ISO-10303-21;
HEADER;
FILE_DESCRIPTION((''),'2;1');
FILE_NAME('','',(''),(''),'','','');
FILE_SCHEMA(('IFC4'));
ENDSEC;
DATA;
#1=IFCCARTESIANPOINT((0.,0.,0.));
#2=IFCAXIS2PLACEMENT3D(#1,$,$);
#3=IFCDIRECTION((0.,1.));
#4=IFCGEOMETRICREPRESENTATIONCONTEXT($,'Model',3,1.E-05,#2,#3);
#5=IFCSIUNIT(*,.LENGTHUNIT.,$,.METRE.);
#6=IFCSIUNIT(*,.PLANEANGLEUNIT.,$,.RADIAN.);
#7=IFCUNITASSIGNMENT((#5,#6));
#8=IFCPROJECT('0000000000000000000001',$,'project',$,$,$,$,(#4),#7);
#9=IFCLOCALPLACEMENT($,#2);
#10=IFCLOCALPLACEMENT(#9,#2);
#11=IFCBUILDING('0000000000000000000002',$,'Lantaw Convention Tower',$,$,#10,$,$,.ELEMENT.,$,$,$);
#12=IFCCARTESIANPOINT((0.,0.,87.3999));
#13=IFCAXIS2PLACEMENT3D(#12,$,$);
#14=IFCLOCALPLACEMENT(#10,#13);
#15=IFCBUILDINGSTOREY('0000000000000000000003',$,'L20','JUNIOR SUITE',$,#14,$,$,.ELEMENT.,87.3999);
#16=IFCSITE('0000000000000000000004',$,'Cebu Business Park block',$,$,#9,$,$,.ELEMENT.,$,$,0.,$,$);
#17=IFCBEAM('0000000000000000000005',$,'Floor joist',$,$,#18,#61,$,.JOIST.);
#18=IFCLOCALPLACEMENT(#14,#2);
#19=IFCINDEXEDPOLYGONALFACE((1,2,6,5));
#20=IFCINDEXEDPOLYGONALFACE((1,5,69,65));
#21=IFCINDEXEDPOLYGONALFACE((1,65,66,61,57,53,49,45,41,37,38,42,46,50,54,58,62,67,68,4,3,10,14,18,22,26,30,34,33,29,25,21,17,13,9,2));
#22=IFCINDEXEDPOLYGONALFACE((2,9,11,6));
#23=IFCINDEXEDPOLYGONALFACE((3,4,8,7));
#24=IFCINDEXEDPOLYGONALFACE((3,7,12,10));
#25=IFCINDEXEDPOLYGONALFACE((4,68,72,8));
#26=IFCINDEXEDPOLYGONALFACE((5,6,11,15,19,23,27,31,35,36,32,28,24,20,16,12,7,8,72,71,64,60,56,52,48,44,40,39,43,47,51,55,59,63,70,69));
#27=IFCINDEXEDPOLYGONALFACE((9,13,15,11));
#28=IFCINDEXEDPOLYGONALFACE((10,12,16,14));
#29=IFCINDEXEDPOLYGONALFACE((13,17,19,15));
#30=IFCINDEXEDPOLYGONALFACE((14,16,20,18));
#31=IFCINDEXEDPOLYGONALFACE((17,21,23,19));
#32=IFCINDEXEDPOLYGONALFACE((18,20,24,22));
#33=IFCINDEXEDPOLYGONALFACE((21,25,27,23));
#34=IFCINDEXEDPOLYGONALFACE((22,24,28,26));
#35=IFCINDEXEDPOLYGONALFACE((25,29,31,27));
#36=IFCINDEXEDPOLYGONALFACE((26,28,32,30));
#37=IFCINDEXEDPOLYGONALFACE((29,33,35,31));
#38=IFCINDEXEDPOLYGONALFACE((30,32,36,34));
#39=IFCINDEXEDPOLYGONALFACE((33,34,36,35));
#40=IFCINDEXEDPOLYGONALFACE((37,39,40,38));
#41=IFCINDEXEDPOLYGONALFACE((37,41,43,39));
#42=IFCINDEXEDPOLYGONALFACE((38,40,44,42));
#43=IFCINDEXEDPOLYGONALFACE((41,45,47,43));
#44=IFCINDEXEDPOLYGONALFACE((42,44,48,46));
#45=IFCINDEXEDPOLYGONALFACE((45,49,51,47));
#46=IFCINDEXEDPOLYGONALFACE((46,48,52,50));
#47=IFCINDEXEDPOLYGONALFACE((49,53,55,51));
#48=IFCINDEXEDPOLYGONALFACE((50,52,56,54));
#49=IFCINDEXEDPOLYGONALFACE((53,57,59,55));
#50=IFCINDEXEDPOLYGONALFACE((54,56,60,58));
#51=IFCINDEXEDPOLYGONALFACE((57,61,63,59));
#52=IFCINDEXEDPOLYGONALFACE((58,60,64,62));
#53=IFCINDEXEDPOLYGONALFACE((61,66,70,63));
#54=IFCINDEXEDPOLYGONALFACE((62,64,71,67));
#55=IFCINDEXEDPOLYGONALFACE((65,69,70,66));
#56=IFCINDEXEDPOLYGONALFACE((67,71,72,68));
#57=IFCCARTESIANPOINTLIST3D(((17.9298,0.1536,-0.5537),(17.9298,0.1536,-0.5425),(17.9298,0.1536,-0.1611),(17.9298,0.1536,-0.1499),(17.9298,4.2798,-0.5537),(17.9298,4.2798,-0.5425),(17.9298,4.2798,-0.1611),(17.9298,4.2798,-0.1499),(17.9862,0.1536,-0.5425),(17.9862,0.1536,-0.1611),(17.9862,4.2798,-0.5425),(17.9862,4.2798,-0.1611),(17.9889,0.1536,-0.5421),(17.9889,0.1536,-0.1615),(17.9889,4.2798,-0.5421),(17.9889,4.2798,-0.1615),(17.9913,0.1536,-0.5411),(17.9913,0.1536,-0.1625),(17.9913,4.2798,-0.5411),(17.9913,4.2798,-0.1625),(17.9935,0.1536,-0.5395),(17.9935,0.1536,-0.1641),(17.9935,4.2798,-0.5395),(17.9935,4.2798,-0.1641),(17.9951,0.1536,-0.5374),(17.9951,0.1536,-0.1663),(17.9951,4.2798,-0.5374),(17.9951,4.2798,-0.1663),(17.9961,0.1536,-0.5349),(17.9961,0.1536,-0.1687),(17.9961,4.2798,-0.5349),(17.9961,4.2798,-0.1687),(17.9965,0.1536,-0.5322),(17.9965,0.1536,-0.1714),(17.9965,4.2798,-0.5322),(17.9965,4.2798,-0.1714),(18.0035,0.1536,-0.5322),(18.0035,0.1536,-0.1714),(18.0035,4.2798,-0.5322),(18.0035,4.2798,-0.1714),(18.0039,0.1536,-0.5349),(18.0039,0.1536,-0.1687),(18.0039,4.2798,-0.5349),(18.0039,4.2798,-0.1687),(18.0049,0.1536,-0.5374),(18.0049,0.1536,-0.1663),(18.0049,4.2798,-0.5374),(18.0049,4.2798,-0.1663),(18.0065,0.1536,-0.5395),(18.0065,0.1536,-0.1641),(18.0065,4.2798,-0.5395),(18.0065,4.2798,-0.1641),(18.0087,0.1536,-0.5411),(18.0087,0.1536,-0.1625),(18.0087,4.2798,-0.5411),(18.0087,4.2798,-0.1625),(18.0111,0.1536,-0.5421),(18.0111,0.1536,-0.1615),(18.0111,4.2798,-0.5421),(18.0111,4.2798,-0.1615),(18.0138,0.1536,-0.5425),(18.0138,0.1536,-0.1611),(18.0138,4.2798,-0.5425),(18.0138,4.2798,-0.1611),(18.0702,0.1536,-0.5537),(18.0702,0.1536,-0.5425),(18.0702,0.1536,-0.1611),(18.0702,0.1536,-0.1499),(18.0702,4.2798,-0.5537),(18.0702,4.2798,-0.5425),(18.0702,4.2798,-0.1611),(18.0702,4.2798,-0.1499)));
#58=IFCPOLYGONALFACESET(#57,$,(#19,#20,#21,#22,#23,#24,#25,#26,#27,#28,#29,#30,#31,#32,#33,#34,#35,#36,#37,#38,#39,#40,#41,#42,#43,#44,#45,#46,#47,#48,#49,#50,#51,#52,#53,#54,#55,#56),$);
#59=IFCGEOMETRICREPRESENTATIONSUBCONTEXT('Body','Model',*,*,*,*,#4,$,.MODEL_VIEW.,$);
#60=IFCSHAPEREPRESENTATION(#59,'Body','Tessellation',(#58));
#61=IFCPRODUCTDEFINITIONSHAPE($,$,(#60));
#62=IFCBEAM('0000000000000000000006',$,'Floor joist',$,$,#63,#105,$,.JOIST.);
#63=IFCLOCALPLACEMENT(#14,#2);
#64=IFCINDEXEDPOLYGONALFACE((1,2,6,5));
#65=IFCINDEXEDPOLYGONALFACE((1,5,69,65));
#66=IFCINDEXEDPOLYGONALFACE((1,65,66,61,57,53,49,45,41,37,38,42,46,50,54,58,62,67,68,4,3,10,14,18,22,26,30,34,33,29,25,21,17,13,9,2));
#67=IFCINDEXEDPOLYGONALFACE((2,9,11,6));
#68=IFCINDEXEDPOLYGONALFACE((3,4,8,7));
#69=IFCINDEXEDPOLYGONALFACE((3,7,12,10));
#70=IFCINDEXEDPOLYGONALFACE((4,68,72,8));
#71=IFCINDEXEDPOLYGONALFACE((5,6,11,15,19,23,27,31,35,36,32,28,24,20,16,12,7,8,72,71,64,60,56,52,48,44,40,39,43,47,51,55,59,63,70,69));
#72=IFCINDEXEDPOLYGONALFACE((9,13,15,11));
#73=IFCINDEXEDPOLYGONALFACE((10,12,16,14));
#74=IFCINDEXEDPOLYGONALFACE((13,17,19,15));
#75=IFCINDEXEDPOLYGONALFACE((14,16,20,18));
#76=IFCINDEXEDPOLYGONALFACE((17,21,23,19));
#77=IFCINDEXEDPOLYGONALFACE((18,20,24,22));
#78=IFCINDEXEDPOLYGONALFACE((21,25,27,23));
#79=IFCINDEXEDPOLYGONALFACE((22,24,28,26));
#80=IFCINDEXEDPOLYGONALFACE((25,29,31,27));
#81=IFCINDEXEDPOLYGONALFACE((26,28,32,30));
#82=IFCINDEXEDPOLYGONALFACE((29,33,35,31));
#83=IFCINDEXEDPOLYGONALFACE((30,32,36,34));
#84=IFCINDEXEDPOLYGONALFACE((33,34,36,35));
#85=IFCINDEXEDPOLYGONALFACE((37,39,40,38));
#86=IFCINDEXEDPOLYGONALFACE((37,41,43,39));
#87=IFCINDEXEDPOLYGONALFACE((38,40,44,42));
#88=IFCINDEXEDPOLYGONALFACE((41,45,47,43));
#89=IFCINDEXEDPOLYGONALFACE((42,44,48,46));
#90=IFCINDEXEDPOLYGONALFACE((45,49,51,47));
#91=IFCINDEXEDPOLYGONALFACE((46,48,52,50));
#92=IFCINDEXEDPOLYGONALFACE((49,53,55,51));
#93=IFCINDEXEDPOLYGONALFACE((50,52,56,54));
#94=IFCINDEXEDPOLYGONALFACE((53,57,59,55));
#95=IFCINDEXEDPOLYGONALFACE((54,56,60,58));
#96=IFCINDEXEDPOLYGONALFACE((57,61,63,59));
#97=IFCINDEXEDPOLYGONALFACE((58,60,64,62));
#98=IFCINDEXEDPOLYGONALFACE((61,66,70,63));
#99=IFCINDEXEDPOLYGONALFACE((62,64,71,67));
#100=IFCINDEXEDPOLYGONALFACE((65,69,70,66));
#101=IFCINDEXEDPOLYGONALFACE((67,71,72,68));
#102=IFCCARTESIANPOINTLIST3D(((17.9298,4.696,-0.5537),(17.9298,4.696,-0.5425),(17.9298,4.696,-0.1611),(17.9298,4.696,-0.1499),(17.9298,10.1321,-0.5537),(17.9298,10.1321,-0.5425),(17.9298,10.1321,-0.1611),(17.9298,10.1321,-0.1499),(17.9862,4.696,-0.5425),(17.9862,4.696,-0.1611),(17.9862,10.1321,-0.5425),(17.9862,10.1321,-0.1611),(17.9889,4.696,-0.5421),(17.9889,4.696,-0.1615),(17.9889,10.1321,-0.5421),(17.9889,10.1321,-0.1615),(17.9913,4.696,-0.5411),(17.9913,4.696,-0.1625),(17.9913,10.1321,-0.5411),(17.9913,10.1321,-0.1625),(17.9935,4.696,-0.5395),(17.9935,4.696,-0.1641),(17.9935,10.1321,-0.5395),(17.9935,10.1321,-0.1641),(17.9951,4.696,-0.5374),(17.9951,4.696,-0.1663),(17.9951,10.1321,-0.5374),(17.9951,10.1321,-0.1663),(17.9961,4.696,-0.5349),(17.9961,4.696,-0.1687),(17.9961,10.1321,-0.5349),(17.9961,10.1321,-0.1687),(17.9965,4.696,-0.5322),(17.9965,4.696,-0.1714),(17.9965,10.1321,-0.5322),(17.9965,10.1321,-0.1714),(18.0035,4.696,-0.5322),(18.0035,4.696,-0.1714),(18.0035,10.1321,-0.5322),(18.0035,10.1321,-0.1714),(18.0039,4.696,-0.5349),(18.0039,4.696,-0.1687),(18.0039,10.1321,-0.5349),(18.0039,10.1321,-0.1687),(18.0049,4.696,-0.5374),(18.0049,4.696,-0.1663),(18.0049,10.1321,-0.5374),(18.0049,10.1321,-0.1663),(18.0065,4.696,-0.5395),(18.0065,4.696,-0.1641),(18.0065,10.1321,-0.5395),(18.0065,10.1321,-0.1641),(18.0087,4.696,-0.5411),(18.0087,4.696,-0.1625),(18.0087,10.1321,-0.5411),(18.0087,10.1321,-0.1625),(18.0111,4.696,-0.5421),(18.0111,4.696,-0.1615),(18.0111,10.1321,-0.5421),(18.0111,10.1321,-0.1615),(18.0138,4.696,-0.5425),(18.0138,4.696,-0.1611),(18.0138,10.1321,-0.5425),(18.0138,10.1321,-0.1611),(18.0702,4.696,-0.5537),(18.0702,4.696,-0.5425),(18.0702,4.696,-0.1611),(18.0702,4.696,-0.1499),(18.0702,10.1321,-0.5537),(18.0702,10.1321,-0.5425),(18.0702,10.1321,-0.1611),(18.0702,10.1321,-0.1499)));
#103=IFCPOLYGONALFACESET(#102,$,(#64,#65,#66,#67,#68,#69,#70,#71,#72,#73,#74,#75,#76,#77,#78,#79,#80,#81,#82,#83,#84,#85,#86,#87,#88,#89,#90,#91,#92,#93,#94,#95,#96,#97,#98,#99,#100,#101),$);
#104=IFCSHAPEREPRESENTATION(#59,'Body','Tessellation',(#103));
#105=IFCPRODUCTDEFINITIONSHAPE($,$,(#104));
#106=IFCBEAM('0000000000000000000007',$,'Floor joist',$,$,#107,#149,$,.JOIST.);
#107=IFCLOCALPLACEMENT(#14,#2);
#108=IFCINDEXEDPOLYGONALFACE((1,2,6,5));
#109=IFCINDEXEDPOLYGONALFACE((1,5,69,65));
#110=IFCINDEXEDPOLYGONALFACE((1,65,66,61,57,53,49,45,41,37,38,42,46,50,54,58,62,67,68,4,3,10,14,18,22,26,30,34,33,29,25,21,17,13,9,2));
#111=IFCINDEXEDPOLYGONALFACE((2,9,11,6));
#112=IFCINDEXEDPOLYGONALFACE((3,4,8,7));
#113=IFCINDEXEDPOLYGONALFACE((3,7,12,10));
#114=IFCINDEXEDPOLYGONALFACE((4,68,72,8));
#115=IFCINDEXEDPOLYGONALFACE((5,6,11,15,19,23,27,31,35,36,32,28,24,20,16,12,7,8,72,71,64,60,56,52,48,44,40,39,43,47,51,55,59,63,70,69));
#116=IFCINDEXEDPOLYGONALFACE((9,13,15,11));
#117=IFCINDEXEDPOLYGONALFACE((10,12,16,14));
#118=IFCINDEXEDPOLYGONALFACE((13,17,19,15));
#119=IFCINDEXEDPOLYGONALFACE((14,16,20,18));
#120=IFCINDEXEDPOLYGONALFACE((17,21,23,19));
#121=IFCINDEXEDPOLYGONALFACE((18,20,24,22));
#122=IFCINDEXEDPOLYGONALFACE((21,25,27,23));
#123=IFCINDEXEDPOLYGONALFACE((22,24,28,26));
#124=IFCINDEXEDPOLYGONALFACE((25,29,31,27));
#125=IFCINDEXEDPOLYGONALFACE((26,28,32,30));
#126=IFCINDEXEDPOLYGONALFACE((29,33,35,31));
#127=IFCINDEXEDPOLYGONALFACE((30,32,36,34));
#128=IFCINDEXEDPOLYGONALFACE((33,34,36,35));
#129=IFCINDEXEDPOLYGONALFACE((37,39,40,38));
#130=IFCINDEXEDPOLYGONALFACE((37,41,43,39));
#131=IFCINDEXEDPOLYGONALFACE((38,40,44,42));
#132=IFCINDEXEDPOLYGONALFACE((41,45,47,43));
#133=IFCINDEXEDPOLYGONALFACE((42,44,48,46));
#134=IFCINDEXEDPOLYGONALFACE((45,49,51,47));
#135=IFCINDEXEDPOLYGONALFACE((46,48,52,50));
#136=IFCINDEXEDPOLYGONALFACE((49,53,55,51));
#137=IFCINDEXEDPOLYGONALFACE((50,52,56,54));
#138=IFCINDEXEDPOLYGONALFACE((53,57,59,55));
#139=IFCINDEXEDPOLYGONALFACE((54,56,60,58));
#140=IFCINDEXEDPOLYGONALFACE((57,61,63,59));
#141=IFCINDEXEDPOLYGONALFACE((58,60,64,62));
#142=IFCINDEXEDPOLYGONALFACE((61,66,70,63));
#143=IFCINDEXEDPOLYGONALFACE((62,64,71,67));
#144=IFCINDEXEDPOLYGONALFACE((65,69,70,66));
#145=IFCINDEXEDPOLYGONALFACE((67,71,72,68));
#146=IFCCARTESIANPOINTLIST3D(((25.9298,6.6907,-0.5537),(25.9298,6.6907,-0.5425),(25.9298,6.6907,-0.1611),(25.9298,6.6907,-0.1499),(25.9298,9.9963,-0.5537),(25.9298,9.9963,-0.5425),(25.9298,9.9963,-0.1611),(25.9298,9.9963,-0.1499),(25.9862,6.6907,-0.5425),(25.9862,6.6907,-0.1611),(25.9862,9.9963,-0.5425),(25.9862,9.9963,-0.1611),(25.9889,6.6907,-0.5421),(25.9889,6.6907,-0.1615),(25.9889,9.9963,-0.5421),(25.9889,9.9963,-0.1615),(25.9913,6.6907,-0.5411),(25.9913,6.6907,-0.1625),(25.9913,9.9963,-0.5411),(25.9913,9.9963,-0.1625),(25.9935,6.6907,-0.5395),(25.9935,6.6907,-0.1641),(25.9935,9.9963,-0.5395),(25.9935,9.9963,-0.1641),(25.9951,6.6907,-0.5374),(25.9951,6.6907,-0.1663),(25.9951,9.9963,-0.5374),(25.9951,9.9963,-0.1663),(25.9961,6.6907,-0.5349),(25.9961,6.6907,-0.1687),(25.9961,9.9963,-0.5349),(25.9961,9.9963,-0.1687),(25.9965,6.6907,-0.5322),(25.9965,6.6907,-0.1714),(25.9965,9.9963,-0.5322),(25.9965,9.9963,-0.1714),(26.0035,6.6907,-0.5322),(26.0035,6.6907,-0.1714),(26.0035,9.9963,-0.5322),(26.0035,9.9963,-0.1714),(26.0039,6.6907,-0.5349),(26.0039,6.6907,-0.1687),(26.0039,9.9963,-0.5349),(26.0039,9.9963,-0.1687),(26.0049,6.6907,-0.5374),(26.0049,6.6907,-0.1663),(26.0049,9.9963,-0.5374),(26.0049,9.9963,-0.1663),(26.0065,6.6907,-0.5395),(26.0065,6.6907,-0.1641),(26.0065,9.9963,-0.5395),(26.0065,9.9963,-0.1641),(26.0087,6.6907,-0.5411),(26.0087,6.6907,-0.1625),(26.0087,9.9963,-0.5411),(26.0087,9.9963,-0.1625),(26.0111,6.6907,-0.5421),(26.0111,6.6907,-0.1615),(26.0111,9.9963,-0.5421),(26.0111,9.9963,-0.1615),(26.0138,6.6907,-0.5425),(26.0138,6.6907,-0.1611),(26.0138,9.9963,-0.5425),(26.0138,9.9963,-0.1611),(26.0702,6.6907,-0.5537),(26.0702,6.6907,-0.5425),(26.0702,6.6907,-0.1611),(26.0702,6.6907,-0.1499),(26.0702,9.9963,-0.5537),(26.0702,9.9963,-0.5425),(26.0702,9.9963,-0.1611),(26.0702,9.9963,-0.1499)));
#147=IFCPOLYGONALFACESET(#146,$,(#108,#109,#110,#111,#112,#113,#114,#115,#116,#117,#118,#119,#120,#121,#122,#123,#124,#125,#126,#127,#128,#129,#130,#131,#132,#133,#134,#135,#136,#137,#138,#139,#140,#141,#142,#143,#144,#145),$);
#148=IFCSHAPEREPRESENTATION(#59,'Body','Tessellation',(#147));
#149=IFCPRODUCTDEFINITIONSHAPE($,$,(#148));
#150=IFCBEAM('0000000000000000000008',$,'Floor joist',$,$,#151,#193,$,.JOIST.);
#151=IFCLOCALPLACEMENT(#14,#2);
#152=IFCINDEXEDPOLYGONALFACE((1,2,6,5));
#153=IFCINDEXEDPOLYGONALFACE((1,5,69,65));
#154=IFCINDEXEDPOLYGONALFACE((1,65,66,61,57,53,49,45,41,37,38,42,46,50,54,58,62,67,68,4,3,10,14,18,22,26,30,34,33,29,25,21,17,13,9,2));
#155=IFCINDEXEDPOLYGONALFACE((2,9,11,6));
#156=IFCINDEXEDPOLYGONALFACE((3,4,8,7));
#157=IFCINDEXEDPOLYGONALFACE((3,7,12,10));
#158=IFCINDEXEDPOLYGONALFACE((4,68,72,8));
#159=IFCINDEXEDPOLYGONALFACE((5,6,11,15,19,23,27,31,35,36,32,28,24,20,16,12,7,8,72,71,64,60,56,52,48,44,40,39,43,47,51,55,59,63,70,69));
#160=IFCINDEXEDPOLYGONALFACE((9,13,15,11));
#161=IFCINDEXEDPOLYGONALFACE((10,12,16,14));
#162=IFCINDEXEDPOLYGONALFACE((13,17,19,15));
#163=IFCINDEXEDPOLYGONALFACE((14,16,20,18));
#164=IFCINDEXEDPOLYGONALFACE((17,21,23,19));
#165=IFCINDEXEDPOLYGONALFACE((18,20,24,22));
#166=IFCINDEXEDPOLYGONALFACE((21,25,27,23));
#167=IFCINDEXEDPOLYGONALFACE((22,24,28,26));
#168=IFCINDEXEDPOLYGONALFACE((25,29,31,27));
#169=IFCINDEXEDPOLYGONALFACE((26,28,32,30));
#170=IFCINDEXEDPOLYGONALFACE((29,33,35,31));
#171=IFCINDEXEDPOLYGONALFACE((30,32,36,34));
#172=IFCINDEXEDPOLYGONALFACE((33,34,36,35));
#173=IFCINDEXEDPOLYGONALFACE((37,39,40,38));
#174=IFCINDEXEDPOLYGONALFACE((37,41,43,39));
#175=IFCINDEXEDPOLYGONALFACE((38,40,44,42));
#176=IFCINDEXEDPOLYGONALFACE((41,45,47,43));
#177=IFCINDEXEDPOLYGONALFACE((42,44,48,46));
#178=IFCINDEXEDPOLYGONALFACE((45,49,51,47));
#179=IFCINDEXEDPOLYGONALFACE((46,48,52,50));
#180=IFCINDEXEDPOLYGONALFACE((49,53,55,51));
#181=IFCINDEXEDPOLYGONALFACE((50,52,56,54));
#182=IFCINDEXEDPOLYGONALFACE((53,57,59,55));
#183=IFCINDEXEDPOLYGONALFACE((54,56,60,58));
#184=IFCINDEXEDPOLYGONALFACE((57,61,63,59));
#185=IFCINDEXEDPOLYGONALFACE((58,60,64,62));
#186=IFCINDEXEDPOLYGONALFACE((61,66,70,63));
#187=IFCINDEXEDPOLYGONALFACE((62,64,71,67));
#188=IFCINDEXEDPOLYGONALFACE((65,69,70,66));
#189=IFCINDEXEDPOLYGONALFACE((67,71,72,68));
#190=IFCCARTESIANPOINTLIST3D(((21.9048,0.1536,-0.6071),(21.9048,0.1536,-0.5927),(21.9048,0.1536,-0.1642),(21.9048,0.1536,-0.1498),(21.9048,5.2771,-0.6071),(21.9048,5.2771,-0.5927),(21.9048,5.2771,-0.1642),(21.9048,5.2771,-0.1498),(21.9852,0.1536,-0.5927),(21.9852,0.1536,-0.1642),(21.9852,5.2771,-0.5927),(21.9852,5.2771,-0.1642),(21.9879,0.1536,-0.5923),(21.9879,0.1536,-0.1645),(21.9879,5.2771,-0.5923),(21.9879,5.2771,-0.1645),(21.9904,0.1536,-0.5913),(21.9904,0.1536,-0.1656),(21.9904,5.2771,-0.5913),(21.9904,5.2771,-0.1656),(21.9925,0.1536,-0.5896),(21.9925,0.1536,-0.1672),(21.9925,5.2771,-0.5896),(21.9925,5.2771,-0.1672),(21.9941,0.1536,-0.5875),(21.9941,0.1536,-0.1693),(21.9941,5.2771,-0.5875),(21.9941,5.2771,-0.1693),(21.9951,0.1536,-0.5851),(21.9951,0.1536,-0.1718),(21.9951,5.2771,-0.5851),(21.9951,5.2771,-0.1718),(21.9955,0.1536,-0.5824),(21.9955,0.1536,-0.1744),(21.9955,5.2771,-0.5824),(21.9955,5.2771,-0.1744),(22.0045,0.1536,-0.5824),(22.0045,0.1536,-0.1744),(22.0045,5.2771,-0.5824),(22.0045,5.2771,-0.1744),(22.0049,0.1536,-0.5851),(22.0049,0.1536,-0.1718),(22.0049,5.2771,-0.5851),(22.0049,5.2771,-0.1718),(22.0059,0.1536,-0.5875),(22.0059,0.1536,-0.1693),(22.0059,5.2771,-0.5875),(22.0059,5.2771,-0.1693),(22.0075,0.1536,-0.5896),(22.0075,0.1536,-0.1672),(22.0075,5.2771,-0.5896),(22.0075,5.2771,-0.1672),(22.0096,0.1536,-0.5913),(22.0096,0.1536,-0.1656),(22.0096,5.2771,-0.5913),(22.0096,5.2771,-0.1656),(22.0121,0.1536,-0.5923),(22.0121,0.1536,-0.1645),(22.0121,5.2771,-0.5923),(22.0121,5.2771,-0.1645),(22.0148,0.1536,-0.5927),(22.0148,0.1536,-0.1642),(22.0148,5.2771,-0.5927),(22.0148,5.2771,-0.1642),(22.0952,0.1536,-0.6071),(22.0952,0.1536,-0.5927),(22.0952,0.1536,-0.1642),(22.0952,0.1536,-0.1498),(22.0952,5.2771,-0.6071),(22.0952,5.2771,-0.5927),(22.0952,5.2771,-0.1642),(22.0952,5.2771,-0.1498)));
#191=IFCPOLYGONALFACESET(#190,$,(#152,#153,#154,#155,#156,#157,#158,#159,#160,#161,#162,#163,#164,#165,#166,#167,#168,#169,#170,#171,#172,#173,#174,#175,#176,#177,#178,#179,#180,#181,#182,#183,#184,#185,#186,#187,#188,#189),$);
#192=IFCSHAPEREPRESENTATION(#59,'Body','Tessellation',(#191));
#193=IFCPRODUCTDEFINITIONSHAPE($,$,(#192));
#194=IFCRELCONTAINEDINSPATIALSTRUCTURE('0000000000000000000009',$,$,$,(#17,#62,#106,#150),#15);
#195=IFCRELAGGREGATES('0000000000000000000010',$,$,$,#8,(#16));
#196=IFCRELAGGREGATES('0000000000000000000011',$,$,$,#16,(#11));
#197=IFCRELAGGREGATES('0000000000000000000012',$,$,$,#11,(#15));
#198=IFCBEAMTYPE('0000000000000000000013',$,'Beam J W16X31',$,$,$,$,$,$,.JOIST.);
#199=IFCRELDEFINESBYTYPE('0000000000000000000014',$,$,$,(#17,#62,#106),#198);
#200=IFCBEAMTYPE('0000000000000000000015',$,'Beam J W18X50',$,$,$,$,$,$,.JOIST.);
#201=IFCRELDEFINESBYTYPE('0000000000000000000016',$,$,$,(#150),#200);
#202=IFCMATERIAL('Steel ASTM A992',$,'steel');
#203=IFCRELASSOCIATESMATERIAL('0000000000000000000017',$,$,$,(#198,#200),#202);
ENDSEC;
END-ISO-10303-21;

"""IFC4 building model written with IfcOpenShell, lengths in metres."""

from ifc_helpers import new_model, si_unit, direction, frame, origin, origin_2d, place, context, subcontext, project, spatial, i_section, extrude, material, material_profile, profile_set, type_object, element, save


model = new_model("IFC4")

# Units and contexts
model_context = context("Model", 3, precision=1e-05, world=origin(), true_north=direction((0.0, 1.0)))
body_context = subcontext(model_context, "Body", "Model", "MODEL_VIEW")
ifc_project = project(units=[si_unit("LENGTHUNIT", "METRE"), si_unit("PLANEANGLEUNIT", "RADIAN")], contexts=[model_context])

# Site, building, storey
site_placement = place(None, origin())
site = spatial("IfcSite", under=ifc_project, at=site_placement, Name="Cebu Business Park block", CompositionType="ELEMENT", RefElevation=0.0)
building_placement = place(site_placement, origin())
building = spatial("IfcBuilding", under=site, at=building_placement, Name="Lantaw Convention Tower", CompositionType="ELEMENT")
storey_placement = place(building_placement, frame((0.0, 0.0, 87.3999)))
storey = spatial("IfcBuildingStorey", under=building, at=storey_placement, Name="L20", Description="JUNIOR SUITE", CompositionType="ELEMENT", Elevation=87.3999)

# Beams
ifc_material_1 = material(Name="Steel ASTM A992", Category="steel")
ifc_material_profile_1 = material_profile(ifc_material_1, i_section(OverallWidth=0.1404, OverallDepth=0.4038, WebThickness=0.0071, FlangeThickness=0.0112, FilletRadius=0.0103, at=origin_2d()), Name="W16X31")
ifc_profile_set_1 = profile_set([ifc_material_profile_1], Name="Steel ASTM A992")
beam_type_1 = type_object("IfcBeamType", Name="Beam J W16X31", PredefinedType="JOIST", material=ifc_profile_set_1)
beam_1_placement = place(storey_placement, frame((18.0, 0.1536, -0.3518), z_axis=(0.0, 1.0, 0.0), x_axis=(-1.0, 0.0, 0.0)))
element("IfcBeam", 1, at=beam_1_placement, inside=storey, type_object=beam_type_1, Name="Floor joist", PredefinedType="JOIST", context=body_context, shape_type="SweptSolid", body=[
    extrude(i_section(OverallWidth=0.1404, OverallDepth=0.4038, WebThickness=0.0071, FlangeThickness=0.0112, FilletRadius=0.0103, at=origin_2d()), origin(), (0.0, 0.0, 1.0), 4.1262),
])
beam_2_placement = place(storey_placement, frame((18.0, 4.696, -0.3518), z_axis=(0.0, 1.0, 0.0), x_axis=(-1.0, 0.0, 0.0)))
element("IfcBeam", 2, at=beam_2_placement, inside=storey, type_object=beam_type_1, Name="Floor joist", PredefinedType="JOIST", context=body_context, shape_type="SweptSolid", body=[
    extrude(i_section(OverallWidth=0.1404, OverallDepth=0.4038, WebThickness=0.0071, FlangeThickness=0.0112, FilletRadius=0.0103, at=origin_2d()), origin(), (0.0, 0.0, 1.0), 5.436),
])
beam_3_placement = place(storey_placement, frame((26.0, 6.6907, -0.3518), z_axis=(0.0, 1.0, 0.0), x_axis=(-1.0, 0.0, 0.0)))
element("IfcBeam", 3, at=beam_3_placement, inside=storey, type_object=beam_type_1, Name="Floor joist", PredefinedType="JOIST", context=body_context, shape_type="SweptSolid", body=[
    extrude(i_section(OverallWidth=0.1404, OverallDepth=0.4038, WebThickness=0.0071, FlangeThickness=0.0112, FilletRadius=0.0103, at=origin_2d()), origin(), (0.0, 0.0, 1.0), 3.3057),
])
ifc_material_profile_2 = material_profile(ifc_material_1, i_section(OverallWidth=0.1904, OverallDepth=0.4573, WebThickness=0.009, FlangeThickness=0.0144, FilletRadius=0.0103, at=origin_2d()), Name="W18X50")
ifc_profile_set_2 = profile_set([ifc_material_profile_2], Name="Steel ASTM A992")
beam_type_2 = type_object("IfcBeamType", Name="Beam J W18X50", PredefinedType="JOIST", material=ifc_profile_set_2)
beam_4_placement = place(storey_placement, frame((22.0, 0.1536, -0.3784), z_axis=(0.0, 1.0, 0.0), x_axis=(-1.0, 0.0, 0.0)))
element("IfcBeam", 4, at=beam_4_placement, inside=storey, type_object=beam_type_2, Name="Floor joist", PredefinedType="JOIST", context=body_context, shape_type="SweptSolid", body=[
    extrude(i_section(OverallWidth=0.1904, OverallDepth=0.4573, WebThickness=0.009, FlangeThickness=0.0144, FilletRadius=0.0103, at=origin_2d()), origin(), (0.0, 0.0, 1.0), 5.1235),
])

save(model, "model.ifc")
